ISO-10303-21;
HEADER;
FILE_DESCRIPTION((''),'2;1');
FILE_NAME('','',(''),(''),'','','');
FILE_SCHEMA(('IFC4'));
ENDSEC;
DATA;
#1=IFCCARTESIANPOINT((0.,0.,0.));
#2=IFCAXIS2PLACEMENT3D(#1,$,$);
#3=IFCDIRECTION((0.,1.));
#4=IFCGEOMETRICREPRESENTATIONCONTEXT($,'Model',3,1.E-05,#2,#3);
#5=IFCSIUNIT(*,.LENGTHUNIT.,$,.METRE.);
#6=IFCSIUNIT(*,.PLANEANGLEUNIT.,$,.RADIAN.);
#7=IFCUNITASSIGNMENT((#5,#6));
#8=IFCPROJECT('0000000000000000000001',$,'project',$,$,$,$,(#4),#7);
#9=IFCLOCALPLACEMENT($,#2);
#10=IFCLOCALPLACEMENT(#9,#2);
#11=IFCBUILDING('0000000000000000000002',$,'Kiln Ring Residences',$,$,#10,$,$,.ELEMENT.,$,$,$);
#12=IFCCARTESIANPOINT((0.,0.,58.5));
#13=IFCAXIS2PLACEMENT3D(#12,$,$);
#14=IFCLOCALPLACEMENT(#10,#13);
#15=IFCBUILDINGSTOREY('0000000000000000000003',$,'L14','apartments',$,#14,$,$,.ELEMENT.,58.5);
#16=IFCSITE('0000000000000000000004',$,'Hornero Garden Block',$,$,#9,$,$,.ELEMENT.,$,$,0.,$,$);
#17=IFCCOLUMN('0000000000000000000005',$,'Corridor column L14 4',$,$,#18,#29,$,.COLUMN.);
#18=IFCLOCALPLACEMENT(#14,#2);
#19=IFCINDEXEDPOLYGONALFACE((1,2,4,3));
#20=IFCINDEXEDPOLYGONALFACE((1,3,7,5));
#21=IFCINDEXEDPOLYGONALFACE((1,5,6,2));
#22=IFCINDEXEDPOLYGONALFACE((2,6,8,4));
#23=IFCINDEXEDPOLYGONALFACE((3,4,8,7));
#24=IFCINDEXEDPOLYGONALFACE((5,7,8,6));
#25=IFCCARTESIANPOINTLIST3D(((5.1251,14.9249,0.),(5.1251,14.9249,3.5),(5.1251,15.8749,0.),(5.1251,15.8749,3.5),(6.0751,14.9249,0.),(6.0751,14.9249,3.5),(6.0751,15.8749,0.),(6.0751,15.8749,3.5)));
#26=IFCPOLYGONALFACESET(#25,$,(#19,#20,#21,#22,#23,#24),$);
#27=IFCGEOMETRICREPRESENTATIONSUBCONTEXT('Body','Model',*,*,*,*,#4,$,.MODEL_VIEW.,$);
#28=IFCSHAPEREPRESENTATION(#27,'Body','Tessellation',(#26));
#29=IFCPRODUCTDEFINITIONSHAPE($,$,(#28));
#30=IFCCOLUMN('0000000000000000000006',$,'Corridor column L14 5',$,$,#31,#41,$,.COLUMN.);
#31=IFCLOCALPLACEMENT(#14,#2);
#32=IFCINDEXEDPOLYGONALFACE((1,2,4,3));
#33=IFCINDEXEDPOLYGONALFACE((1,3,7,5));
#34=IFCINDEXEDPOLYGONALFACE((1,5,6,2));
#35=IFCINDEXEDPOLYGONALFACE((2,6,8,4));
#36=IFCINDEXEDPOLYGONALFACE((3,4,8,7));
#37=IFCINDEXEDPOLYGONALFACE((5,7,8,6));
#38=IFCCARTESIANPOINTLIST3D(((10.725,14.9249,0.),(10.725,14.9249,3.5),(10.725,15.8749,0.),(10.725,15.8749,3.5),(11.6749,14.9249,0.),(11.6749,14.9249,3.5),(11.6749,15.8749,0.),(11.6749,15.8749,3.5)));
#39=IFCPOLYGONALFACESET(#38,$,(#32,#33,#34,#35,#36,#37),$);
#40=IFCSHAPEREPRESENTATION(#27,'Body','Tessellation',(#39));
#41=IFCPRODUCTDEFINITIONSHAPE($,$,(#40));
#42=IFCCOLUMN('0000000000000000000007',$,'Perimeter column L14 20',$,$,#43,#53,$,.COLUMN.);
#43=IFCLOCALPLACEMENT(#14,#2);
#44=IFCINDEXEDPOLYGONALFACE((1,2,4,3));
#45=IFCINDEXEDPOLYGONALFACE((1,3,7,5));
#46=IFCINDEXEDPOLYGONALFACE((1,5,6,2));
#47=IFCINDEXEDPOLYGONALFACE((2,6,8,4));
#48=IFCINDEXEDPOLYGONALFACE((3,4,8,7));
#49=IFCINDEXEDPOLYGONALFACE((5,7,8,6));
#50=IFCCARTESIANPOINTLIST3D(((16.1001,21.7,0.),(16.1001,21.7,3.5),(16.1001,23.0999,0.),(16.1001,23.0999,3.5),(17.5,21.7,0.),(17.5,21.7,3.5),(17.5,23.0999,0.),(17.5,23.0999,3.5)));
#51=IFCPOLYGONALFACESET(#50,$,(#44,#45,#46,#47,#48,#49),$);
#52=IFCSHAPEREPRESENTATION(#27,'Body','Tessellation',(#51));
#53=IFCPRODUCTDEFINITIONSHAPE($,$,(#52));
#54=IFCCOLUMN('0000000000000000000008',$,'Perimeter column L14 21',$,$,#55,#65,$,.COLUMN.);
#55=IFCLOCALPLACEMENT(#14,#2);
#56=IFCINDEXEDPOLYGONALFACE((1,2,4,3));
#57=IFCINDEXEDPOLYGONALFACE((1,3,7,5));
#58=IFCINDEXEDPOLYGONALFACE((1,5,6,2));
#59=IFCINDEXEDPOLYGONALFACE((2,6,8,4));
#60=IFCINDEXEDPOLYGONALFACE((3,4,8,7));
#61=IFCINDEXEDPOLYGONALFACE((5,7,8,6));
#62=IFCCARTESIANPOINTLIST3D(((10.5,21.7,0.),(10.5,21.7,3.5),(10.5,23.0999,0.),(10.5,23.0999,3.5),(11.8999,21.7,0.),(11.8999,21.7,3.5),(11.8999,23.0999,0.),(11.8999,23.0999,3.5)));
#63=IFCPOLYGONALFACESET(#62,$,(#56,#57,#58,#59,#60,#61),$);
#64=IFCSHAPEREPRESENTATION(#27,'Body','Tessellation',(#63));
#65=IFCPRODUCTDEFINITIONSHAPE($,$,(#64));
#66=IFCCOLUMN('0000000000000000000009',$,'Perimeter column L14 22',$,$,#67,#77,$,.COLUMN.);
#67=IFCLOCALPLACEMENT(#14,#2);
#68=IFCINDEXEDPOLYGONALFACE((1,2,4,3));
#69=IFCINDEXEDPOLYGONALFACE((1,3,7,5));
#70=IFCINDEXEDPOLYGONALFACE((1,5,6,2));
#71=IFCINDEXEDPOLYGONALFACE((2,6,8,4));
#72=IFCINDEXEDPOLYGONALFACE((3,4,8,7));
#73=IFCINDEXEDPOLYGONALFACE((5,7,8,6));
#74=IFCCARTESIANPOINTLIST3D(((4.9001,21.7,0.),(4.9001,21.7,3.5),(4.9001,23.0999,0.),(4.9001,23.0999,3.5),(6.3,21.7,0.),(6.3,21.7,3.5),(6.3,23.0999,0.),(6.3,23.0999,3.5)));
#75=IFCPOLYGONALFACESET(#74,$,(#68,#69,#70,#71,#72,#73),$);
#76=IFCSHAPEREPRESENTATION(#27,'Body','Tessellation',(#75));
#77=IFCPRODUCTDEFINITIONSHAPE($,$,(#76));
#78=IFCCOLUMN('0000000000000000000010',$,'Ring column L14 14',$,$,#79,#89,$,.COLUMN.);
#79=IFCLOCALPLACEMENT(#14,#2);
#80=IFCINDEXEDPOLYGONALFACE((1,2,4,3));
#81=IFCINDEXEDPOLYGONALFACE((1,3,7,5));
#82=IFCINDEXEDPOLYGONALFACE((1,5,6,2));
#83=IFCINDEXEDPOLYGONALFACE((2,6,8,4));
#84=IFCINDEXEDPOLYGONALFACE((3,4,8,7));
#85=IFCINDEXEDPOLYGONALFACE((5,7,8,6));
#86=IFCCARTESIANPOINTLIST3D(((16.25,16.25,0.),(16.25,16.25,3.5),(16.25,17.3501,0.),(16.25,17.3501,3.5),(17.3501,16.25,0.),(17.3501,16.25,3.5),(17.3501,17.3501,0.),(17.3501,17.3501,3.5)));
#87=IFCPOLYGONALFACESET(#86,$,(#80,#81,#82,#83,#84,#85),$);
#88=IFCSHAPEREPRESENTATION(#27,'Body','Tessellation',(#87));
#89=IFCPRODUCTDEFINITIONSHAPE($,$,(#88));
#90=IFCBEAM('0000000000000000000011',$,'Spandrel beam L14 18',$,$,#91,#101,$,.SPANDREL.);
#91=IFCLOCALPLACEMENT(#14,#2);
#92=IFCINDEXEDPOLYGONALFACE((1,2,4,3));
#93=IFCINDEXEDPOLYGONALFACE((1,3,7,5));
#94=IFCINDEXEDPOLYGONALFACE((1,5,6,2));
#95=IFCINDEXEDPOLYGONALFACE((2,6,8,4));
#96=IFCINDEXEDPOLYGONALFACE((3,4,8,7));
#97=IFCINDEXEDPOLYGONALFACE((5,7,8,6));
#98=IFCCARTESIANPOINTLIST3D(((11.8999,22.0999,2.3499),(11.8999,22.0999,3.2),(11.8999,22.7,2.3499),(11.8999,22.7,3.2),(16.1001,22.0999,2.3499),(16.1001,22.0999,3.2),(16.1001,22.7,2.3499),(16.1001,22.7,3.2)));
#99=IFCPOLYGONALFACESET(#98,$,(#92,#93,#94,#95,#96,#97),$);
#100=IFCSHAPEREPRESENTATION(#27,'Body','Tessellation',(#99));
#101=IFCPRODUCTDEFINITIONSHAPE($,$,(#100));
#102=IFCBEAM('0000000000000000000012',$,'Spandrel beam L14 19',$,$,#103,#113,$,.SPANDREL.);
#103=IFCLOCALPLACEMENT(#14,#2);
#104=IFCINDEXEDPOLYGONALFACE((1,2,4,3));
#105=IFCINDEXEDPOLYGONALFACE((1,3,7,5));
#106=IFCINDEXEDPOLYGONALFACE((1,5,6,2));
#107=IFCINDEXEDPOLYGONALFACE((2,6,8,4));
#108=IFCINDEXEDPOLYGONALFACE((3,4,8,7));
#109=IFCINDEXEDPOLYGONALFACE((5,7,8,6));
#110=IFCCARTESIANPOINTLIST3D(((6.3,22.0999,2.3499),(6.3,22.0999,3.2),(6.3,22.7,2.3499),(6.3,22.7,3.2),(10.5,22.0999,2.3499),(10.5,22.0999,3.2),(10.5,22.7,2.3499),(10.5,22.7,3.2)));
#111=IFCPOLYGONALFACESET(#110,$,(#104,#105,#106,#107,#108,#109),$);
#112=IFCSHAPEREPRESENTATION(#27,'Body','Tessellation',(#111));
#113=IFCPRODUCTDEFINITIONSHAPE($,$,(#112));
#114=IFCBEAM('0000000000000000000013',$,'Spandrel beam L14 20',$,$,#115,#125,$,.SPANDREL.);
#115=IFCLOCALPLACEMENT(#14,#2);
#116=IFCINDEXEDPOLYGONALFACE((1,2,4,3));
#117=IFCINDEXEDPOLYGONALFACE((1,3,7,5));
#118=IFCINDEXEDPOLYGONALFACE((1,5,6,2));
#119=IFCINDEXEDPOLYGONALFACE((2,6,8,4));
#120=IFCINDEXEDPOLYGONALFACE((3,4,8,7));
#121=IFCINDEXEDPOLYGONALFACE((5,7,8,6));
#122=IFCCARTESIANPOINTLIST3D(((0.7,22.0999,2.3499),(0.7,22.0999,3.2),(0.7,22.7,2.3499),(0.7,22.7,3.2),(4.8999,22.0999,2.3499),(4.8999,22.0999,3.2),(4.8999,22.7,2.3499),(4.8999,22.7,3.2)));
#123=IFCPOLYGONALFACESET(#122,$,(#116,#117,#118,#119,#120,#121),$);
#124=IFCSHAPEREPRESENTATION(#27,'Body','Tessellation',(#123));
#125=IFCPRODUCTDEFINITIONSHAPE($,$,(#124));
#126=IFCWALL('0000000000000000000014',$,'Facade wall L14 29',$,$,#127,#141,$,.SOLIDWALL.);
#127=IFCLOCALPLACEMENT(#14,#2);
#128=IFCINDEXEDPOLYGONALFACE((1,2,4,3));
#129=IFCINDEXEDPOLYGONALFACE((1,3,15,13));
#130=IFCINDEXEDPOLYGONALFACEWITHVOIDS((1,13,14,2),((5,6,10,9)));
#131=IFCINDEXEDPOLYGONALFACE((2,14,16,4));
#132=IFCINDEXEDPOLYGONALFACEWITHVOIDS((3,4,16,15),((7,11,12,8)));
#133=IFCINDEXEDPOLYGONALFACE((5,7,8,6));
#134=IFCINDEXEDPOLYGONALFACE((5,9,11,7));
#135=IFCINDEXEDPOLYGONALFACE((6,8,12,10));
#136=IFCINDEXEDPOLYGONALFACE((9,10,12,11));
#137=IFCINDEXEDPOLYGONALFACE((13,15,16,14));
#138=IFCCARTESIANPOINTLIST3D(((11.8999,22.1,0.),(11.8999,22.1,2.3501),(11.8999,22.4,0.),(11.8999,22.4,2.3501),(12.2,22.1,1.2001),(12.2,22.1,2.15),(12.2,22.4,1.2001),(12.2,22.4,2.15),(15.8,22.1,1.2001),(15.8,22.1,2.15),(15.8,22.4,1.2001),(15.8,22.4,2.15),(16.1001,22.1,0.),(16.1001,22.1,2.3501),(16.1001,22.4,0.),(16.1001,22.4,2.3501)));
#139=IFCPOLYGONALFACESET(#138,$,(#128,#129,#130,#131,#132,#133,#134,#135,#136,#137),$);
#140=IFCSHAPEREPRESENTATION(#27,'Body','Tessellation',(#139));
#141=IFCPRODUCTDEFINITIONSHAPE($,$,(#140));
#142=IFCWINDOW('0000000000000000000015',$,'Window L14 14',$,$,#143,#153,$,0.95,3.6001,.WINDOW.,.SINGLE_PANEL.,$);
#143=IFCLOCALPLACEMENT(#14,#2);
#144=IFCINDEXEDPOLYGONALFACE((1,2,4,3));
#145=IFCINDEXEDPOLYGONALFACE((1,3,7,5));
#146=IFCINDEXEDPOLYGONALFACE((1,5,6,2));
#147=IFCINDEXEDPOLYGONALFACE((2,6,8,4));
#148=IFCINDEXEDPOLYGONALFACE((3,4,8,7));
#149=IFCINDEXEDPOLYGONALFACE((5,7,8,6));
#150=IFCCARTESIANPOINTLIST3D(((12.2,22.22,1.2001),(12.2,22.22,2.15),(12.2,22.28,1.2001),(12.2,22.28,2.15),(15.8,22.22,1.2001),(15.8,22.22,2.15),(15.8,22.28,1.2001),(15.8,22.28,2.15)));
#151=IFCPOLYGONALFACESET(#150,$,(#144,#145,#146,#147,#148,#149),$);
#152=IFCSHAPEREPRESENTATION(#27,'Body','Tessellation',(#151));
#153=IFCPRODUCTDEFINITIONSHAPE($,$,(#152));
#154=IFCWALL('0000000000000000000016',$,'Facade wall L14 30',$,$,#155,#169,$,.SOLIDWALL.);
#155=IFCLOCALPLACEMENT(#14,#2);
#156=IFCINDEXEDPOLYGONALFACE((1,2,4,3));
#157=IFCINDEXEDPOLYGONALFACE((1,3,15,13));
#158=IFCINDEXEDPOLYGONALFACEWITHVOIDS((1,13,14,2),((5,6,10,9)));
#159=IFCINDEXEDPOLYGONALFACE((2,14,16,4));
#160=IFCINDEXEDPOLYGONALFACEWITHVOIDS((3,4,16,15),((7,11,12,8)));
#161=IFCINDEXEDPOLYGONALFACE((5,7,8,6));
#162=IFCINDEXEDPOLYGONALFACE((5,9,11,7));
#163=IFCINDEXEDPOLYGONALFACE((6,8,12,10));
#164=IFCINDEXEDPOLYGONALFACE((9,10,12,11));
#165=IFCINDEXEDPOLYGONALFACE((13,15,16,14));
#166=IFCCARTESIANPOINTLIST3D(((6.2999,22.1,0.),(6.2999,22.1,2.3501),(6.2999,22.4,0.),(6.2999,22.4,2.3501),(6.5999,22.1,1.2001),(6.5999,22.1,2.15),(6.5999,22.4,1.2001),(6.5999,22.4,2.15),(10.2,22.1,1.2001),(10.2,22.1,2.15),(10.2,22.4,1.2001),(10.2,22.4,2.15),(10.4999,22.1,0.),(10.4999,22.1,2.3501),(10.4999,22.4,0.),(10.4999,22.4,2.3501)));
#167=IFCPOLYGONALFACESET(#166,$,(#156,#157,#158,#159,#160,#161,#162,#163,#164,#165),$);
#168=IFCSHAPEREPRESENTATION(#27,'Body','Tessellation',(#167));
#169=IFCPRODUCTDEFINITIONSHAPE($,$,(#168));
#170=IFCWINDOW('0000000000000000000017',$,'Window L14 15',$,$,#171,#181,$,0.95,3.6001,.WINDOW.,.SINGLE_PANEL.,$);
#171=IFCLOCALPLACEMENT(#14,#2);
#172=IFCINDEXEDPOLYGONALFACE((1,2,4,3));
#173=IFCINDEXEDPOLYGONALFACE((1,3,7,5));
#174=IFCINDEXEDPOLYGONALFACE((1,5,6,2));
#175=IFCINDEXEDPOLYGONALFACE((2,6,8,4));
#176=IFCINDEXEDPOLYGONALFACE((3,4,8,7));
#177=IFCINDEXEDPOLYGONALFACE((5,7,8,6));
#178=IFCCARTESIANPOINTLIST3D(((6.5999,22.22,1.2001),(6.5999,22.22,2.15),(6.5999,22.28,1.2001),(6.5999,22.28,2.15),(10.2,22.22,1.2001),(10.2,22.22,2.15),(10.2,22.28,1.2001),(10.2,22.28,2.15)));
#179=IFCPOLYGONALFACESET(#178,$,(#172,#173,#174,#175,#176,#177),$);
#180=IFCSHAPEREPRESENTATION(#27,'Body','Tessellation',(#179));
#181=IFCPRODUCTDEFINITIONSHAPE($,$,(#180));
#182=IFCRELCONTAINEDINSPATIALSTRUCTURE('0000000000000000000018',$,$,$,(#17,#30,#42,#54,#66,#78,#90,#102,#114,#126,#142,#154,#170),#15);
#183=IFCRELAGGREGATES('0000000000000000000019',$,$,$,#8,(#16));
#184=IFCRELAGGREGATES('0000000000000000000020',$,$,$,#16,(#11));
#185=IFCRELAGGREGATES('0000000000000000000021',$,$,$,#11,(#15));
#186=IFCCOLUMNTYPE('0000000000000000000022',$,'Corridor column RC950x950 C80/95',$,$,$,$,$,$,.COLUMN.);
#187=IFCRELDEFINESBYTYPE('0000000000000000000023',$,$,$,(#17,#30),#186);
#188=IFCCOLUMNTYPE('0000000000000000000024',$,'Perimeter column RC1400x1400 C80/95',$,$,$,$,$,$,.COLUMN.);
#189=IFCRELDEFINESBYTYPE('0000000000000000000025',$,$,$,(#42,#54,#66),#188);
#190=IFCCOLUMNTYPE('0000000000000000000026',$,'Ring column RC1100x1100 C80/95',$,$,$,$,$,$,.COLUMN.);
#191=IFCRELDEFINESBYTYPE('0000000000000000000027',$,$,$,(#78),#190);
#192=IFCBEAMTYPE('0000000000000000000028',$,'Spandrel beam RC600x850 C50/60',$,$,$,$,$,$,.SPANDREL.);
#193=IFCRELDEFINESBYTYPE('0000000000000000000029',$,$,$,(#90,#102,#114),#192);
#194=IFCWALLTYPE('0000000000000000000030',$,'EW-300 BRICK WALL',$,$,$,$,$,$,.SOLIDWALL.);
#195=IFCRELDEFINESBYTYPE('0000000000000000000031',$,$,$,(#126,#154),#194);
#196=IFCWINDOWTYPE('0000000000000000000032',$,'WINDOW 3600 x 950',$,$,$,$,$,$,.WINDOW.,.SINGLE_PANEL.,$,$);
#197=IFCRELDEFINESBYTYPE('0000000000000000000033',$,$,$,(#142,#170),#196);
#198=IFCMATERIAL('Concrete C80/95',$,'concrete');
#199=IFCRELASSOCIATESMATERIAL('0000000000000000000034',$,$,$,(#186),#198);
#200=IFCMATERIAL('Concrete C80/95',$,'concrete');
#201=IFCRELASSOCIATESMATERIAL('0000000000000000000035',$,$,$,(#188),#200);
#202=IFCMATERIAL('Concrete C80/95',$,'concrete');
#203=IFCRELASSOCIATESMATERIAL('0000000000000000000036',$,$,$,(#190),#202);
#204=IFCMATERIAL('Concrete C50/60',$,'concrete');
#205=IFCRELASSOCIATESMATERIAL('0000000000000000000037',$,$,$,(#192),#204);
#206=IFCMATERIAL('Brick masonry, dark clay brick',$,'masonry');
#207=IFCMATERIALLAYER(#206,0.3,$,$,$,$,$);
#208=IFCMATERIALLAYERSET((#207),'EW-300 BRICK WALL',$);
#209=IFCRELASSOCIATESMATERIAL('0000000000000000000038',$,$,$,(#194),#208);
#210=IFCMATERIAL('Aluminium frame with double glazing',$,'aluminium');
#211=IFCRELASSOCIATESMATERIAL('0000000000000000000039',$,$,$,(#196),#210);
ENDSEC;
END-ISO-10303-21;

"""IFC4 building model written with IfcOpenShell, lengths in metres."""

from ifc_helpers import new_model, si_unit, direction, frame, frame_2d, origin, origin_2d, place, context, subcontext, project, spatial, rectangle, extrude, material, layer, layer_set, material_profile, profile_set, type_object, element, fill, save


model = new_model("IFC4")

# Units and contexts
model_context = context("Model", 3, precision=1e-05, world=origin(), true_north=direction((0.0, 1.0)))
body_context = subcontext(model_context, "Body", "Model", "MODEL_VIEW")
ifc_project = project(units=[si_unit("LENGTHUNIT", "METRE"), si_unit("PLANEANGLEUNIT", "RADIAN")], contexts=[model_context])

# Site, building, storey
site_placement = place(None, origin())
site = spatial("IfcSite", under=ifc_project, at=site_placement, Name="Hornero Garden Block", CompositionType="ELEMENT", RefElevation=0.0)
building_placement = place(site_placement, origin())
building = spatial("IfcBuilding", under=site, at=building_placement, Name="Kiln Ring Residences", CompositionType="ELEMENT")
storey_placement = place(building_placement, frame((0.0, 0.0, 58.5)))
storey = spatial("IfcBuildingStorey", under=building, at=storey_placement, Name="L14", Description="apartments", CompositionType="ELEMENT", Elevation=58.5)

# Columns
ifc_material_1 = material(Name="Concrete C80/95", Category="concrete")
ifc_material_profile_1 = material_profile(ifc_material_1, rectangle(XDim=0.95, YDim=0.95, at=origin_2d()), Name="RC950x950")
ifc_profile_set_1 = profile_set([ifc_material_profile_1], Name="Concrete C80/95")
column_type_1 = type_object("IfcColumnType", Name="Corridor column RC950x950 C80/95", PredefinedType="COLUMN", material=ifc_profile_set_1)
for number, where, z_axis, x_axis, name in (
    (1, (5.6001, 15.3999, 0.0), (0.0, 0.0, 1.0), (1.0, 0.0, 0.0), "Corridor column L14 4"),
    (2, (11.2, 15.3999, 0.0), (0.0, 0.0, 1.0), (1.0, 0.0, 0.0), "Corridor column L14 5"),
):
    element("IfcColumn", number, at=place(storey_placement, frame(where, z_axis=z_axis, x_axis=x_axis)), inside=storey, type_object=column_type_1, Name=name, PredefinedType="COLUMN", context=body_context, shape_type="SweptSolid", body=[
        extrude(rectangle(XDim=0.95, YDim=0.95, at=origin_2d()), origin(), (0.0, 0.0, 1.0), 3.5),
    ])
ifc_material_2 = material(Name="Concrete C80/95", Category="concrete")
ifc_material_profile_2 = material_profile(ifc_material_2, rectangle(XDim=1.3999, YDim=1.3999, at=origin_2d()), Name="RC1400x1400")
ifc_profile_set_2 = profile_set([ifc_material_profile_2], Name="Concrete C80/95")
column_type_2 = type_object("IfcColumnType", Name="Perimeter column RC1400x1400 C80/95", PredefinedType="COLUMN", material=ifc_profile_set_2)
for number, where, z_axis, x_axis, name in (
    (3, (16.8, 22.3999, 0.0), (0.0, 0.0, 1.0), (1.0, 0.0, 0.0), "Perimeter column L14 20"),
    (4, (11.2, 22.3999, 0.0), (0.0, 0.0, 1.0), (1.0, 0.0, 0.0), "Perimeter column L14 21"),
    (5, (5.6001, 22.3999, 0.0), (0.0, 0.0, 1.0), (1.0, 0.0, 0.0), "Perimeter column L14 22"),
):
    element("IfcColumn", number, at=place(storey_placement, frame(where, z_axis=z_axis, x_axis=x_axis)), inside=storey, type_object=column_type_2, Name=name, PredefinedType="COLUMN", context=body_context, shape_type="SweptSolid", body=[
        extrude(rectangle(XDim=1.3999, YDim=1.3999, at=origin_2d()), origin(), (0.0, 0.0, 1.0), 3.5),
    ])
ifc_material_3 = material(Name="Concrete C80/95", Category="concrete")
ifc_material_profile_3 = material_profile(ifc_material_3, rectangle(XDim=1.1001, YDim=1.1001, at=origin_2d()), Name="RC1100x1100")
ifc_profile_set_3 = profile_set([ifc_material_profile_3], Name="Concrete C80/95")
column_type_3 = type_object("IfcColumnType", Name="Ring column RC1100x1100 C80/95", PredefinedType="COLUMN", material=ifc_profile_set_3)
column_placement = place(storey_placement, frame((16.8, 16.8, 0.0), z_axis=(0.0, 0.0, 1.0), x_axis=(1.0, 0.0, 0.0)))
element("IfcColumn", 6, at=column_placement, inside=storey, type_object=column_type_3, Name="Ring column L14 14", PredefinedType="COLUMN", context=body_context, shape_type="SweptSolid", body=[
    extrude(rectangle(XDim=1.1001, YDim=1.1001, at=origin_2d()), origin(), (0.0, 0.0, 1.0), 3.5),
])

# Beams
ifc_material_4 = material(Name="Concrete C50/60", Category="concrete")
ifc_material_profile_4 = material_profile(ifc_material_4, rectangle(XDim=0.6001, YDim=0.8501, at=origin_2d()), Name="RC600x850")
ifc_profile_set_4 = profile_set([ifc_material_profile_4], Name="Concrete C50/60")
beam_type = type_object("IfcBeamType", Name="Spandrel beam RC600x850 C50/60", PredefinedType="SPANDREL", material=ifc_profile_set_4)
beam_placement = place(storey_placement, frame((16.1001, 22.3999, 2.7749), z_axis=(-1.0, 0.0, 0.0), x_axis=(0.0, -1.0, 0.0)))
element("IfcBeam", 7, at=beam_placement, inside=storey, type_object=beam_type, Name="Spandrel beam L14 18", PredefinedType="SPANDREL", context=body_context, shape_type="SweptSolid", body=[
    extrude(rectangle(XDim=0.6001, YDim=0.8501, at=origin_2d()), origin(), (0.0, 0.0, 1.0), 4.2002),
])
for number, where, z_axis, x_axis, name in (
    (8, (10.5, 22.3999, 2.7749), (-1.0, 0.0, 0.0), (0.0, -1.0, 0.0), "Spandrel beam L14 19"),
    (9, (4.8999, 22.3999, 2.7749), (-1.0, 0.0, 0.0), (0.0, -1.0, 0.0), "Spandrel beam L14 20"),
):
    element("IfcBeam", number, at=place(storey_placement, frame(where, z_axis=z_axis, x_axis=x_axis)), inside=storey, type_object=beam_type, Name=name, PredefinedType="SPANDREL", context=body_context, shape_type="SweptSolid", body=[
        extrude(rectangle(XDim=0.6001, YDim=0.8501, at=origin_2d()), origin(), (0.0, 0.0, 1.0), 4.2),
    ])

# Walls, openings, windows
ifc_material_5 = material(Name="Brick masonry, dark clay brick", Category="masonry")
ifc_layer_1 = layer(ifc_material_5, 0.3)
ifc_layer_set_1 = layer_set([ifc_layer_1], Name="EW-300 BRICK WALL")
wall_type_1 = type_object("IfcWallType", Name="EW-300 BRICK WALL", PredefinedType="SOLIDWALL", material=ifc_layer_set_1)
wall_1_placement = place(storey_placement, frame((16.1001, 22.25, 0.0), z_axis=(0.0, 0.0, 1.0), x_axis=(-1.0, 0.0, 0.0)))
wall_1 = element("IfcWall", 10, at=wall_1_placement, inside=storey, type_object=wall_type_1, Name="Facade wall L14 29", PredefinedType="SOLIDWALL", context=body_context, shape_type="SweptSolid", body=[
    extrude(rectangle(XDim=4.2002, YDim=0.3, at=frame_2d((2.1001, 0.0))), origin(), (0.0, 0.0, 1.0), 2.3501),
])
opening_1_placement = place(wall_1_placement, frame((0.3, 0.0, 1.2)))
opening_1 = element("IfcOpeningElement", 11, at=opening_1_placement, cuts=wall_1, PredefinedType="OPENING", context=body_context, shape_type="SweptSolid", body=[
    extrude(rectangle(XDim=3.6001, YDim=0.95, at=frame_2d((1.8, 0.4751))), frame((0.0, 0.1599, 0.0), z_axis=(0.0, -1.0, 0.0), x_axis=(1.0, 0.0, 0.0)), (0.0, 0.0, 1.0), 0.3201),
])
ifc_material_6 = material(Name="Aluminium frame with double glazing", Category="aluminium")
window_type_1 = type_object("IfcWindowType", Name="WINDOW 3600 x 950", PartitioningType="SINGLE_PANEL", PredefinedType="WINDOW", material=ifc_material_6)
window_1_placement = place(opening_1_placement, origin())
window_1 = element("IfcWindow", 12, at=window_1_placement, inside=storey, type_object=window_type_1, Name="Window L14 14", OverallHeight=0.95, OverallWidth=3.6001, PartitioningType="SINGLE_PANEL", PredefinedType="WINDOW", context=body_context, shape_type="SweptSolid", body=[
    extrude(rectangle(XDim=3.6001, YDim=0.95, at=frame_2d((1.8, 0.4751))), frame((0.0, 0.03, 0.0), z_axis=(0.0, -1.0, 0.0), x_axis=(1.0, 0.0, 0.0)), (0.0, 0.0, 1.0), 0.0601),
])
fill(opening_1, window_1)
wall_2_placement = place(storey_placement, frame((10.5, 22.25, 0.0), z_axis=(0.0, 0.0, 1.0), x_axis=(-1.0, 0.0, 0.0)))
wall_2 = element("IfcWall", 13, at=wall_2_placement, inside=storey, type_object=wall_type_1, Name="Facade wall L14 30", PredefinedType="SOLIDWALL", context=body_context, shape_type="SweptSolid", body=[
    extrude(rectangle(XDim=4.2, YDim=0.3, at=frame_2d((2.1001, 0.0))), origin(), (0.0, 0.0, 1.0), 2.3501),
])
opening_2_placement = place(wall_2_placement, frame((0.3, 0.0, 1.2)))
opening_2 = element("IfcOpeningElement", 14, at=opening_2_placement, cuts=wall_2, PredefinedType="OPENING", context=body_context, shape_type="SweptSolid", body=[
    extrude(rectangle(XDim=3.6001, YDim=0.95, at=frame_2d((1.8, 0.4751))), frame((0.0, 0.1599, 0.0), z_axis=(0.0, -1.0, 0.0), x_axis=(1.0, 0.0, 0.0)), (0.0, 0.0, 1.0), 0.3201),
])
window_2_placement = place(opening_2_placement, origin())
window_2 = element("IfcWindow", 15, at=window_2_placement, inside=storey, type_object=window_type_1, Name="Window L14 15", OverallHeight=0.95, OverallWidth=3.6001, PartitioningType="SINGLE_PANEL", PredefinedType="WINDOW", context=body_context, shape_type="SweptSolid", body=[
    extrude(rectangle(XDim=3.6001, YDim=0.95, at=frame_2d((1.8, 0.4751))), frame((0.0, 0.03, 0.0), z_axis=(0.0, -1.0, 0.0), x_axis=(1.0, 0.0, 0.0)), (0.0, 0.0, 1.0), 0.0601),
])
fill(opening_2, window_2)

save(model, "model.ifc")
